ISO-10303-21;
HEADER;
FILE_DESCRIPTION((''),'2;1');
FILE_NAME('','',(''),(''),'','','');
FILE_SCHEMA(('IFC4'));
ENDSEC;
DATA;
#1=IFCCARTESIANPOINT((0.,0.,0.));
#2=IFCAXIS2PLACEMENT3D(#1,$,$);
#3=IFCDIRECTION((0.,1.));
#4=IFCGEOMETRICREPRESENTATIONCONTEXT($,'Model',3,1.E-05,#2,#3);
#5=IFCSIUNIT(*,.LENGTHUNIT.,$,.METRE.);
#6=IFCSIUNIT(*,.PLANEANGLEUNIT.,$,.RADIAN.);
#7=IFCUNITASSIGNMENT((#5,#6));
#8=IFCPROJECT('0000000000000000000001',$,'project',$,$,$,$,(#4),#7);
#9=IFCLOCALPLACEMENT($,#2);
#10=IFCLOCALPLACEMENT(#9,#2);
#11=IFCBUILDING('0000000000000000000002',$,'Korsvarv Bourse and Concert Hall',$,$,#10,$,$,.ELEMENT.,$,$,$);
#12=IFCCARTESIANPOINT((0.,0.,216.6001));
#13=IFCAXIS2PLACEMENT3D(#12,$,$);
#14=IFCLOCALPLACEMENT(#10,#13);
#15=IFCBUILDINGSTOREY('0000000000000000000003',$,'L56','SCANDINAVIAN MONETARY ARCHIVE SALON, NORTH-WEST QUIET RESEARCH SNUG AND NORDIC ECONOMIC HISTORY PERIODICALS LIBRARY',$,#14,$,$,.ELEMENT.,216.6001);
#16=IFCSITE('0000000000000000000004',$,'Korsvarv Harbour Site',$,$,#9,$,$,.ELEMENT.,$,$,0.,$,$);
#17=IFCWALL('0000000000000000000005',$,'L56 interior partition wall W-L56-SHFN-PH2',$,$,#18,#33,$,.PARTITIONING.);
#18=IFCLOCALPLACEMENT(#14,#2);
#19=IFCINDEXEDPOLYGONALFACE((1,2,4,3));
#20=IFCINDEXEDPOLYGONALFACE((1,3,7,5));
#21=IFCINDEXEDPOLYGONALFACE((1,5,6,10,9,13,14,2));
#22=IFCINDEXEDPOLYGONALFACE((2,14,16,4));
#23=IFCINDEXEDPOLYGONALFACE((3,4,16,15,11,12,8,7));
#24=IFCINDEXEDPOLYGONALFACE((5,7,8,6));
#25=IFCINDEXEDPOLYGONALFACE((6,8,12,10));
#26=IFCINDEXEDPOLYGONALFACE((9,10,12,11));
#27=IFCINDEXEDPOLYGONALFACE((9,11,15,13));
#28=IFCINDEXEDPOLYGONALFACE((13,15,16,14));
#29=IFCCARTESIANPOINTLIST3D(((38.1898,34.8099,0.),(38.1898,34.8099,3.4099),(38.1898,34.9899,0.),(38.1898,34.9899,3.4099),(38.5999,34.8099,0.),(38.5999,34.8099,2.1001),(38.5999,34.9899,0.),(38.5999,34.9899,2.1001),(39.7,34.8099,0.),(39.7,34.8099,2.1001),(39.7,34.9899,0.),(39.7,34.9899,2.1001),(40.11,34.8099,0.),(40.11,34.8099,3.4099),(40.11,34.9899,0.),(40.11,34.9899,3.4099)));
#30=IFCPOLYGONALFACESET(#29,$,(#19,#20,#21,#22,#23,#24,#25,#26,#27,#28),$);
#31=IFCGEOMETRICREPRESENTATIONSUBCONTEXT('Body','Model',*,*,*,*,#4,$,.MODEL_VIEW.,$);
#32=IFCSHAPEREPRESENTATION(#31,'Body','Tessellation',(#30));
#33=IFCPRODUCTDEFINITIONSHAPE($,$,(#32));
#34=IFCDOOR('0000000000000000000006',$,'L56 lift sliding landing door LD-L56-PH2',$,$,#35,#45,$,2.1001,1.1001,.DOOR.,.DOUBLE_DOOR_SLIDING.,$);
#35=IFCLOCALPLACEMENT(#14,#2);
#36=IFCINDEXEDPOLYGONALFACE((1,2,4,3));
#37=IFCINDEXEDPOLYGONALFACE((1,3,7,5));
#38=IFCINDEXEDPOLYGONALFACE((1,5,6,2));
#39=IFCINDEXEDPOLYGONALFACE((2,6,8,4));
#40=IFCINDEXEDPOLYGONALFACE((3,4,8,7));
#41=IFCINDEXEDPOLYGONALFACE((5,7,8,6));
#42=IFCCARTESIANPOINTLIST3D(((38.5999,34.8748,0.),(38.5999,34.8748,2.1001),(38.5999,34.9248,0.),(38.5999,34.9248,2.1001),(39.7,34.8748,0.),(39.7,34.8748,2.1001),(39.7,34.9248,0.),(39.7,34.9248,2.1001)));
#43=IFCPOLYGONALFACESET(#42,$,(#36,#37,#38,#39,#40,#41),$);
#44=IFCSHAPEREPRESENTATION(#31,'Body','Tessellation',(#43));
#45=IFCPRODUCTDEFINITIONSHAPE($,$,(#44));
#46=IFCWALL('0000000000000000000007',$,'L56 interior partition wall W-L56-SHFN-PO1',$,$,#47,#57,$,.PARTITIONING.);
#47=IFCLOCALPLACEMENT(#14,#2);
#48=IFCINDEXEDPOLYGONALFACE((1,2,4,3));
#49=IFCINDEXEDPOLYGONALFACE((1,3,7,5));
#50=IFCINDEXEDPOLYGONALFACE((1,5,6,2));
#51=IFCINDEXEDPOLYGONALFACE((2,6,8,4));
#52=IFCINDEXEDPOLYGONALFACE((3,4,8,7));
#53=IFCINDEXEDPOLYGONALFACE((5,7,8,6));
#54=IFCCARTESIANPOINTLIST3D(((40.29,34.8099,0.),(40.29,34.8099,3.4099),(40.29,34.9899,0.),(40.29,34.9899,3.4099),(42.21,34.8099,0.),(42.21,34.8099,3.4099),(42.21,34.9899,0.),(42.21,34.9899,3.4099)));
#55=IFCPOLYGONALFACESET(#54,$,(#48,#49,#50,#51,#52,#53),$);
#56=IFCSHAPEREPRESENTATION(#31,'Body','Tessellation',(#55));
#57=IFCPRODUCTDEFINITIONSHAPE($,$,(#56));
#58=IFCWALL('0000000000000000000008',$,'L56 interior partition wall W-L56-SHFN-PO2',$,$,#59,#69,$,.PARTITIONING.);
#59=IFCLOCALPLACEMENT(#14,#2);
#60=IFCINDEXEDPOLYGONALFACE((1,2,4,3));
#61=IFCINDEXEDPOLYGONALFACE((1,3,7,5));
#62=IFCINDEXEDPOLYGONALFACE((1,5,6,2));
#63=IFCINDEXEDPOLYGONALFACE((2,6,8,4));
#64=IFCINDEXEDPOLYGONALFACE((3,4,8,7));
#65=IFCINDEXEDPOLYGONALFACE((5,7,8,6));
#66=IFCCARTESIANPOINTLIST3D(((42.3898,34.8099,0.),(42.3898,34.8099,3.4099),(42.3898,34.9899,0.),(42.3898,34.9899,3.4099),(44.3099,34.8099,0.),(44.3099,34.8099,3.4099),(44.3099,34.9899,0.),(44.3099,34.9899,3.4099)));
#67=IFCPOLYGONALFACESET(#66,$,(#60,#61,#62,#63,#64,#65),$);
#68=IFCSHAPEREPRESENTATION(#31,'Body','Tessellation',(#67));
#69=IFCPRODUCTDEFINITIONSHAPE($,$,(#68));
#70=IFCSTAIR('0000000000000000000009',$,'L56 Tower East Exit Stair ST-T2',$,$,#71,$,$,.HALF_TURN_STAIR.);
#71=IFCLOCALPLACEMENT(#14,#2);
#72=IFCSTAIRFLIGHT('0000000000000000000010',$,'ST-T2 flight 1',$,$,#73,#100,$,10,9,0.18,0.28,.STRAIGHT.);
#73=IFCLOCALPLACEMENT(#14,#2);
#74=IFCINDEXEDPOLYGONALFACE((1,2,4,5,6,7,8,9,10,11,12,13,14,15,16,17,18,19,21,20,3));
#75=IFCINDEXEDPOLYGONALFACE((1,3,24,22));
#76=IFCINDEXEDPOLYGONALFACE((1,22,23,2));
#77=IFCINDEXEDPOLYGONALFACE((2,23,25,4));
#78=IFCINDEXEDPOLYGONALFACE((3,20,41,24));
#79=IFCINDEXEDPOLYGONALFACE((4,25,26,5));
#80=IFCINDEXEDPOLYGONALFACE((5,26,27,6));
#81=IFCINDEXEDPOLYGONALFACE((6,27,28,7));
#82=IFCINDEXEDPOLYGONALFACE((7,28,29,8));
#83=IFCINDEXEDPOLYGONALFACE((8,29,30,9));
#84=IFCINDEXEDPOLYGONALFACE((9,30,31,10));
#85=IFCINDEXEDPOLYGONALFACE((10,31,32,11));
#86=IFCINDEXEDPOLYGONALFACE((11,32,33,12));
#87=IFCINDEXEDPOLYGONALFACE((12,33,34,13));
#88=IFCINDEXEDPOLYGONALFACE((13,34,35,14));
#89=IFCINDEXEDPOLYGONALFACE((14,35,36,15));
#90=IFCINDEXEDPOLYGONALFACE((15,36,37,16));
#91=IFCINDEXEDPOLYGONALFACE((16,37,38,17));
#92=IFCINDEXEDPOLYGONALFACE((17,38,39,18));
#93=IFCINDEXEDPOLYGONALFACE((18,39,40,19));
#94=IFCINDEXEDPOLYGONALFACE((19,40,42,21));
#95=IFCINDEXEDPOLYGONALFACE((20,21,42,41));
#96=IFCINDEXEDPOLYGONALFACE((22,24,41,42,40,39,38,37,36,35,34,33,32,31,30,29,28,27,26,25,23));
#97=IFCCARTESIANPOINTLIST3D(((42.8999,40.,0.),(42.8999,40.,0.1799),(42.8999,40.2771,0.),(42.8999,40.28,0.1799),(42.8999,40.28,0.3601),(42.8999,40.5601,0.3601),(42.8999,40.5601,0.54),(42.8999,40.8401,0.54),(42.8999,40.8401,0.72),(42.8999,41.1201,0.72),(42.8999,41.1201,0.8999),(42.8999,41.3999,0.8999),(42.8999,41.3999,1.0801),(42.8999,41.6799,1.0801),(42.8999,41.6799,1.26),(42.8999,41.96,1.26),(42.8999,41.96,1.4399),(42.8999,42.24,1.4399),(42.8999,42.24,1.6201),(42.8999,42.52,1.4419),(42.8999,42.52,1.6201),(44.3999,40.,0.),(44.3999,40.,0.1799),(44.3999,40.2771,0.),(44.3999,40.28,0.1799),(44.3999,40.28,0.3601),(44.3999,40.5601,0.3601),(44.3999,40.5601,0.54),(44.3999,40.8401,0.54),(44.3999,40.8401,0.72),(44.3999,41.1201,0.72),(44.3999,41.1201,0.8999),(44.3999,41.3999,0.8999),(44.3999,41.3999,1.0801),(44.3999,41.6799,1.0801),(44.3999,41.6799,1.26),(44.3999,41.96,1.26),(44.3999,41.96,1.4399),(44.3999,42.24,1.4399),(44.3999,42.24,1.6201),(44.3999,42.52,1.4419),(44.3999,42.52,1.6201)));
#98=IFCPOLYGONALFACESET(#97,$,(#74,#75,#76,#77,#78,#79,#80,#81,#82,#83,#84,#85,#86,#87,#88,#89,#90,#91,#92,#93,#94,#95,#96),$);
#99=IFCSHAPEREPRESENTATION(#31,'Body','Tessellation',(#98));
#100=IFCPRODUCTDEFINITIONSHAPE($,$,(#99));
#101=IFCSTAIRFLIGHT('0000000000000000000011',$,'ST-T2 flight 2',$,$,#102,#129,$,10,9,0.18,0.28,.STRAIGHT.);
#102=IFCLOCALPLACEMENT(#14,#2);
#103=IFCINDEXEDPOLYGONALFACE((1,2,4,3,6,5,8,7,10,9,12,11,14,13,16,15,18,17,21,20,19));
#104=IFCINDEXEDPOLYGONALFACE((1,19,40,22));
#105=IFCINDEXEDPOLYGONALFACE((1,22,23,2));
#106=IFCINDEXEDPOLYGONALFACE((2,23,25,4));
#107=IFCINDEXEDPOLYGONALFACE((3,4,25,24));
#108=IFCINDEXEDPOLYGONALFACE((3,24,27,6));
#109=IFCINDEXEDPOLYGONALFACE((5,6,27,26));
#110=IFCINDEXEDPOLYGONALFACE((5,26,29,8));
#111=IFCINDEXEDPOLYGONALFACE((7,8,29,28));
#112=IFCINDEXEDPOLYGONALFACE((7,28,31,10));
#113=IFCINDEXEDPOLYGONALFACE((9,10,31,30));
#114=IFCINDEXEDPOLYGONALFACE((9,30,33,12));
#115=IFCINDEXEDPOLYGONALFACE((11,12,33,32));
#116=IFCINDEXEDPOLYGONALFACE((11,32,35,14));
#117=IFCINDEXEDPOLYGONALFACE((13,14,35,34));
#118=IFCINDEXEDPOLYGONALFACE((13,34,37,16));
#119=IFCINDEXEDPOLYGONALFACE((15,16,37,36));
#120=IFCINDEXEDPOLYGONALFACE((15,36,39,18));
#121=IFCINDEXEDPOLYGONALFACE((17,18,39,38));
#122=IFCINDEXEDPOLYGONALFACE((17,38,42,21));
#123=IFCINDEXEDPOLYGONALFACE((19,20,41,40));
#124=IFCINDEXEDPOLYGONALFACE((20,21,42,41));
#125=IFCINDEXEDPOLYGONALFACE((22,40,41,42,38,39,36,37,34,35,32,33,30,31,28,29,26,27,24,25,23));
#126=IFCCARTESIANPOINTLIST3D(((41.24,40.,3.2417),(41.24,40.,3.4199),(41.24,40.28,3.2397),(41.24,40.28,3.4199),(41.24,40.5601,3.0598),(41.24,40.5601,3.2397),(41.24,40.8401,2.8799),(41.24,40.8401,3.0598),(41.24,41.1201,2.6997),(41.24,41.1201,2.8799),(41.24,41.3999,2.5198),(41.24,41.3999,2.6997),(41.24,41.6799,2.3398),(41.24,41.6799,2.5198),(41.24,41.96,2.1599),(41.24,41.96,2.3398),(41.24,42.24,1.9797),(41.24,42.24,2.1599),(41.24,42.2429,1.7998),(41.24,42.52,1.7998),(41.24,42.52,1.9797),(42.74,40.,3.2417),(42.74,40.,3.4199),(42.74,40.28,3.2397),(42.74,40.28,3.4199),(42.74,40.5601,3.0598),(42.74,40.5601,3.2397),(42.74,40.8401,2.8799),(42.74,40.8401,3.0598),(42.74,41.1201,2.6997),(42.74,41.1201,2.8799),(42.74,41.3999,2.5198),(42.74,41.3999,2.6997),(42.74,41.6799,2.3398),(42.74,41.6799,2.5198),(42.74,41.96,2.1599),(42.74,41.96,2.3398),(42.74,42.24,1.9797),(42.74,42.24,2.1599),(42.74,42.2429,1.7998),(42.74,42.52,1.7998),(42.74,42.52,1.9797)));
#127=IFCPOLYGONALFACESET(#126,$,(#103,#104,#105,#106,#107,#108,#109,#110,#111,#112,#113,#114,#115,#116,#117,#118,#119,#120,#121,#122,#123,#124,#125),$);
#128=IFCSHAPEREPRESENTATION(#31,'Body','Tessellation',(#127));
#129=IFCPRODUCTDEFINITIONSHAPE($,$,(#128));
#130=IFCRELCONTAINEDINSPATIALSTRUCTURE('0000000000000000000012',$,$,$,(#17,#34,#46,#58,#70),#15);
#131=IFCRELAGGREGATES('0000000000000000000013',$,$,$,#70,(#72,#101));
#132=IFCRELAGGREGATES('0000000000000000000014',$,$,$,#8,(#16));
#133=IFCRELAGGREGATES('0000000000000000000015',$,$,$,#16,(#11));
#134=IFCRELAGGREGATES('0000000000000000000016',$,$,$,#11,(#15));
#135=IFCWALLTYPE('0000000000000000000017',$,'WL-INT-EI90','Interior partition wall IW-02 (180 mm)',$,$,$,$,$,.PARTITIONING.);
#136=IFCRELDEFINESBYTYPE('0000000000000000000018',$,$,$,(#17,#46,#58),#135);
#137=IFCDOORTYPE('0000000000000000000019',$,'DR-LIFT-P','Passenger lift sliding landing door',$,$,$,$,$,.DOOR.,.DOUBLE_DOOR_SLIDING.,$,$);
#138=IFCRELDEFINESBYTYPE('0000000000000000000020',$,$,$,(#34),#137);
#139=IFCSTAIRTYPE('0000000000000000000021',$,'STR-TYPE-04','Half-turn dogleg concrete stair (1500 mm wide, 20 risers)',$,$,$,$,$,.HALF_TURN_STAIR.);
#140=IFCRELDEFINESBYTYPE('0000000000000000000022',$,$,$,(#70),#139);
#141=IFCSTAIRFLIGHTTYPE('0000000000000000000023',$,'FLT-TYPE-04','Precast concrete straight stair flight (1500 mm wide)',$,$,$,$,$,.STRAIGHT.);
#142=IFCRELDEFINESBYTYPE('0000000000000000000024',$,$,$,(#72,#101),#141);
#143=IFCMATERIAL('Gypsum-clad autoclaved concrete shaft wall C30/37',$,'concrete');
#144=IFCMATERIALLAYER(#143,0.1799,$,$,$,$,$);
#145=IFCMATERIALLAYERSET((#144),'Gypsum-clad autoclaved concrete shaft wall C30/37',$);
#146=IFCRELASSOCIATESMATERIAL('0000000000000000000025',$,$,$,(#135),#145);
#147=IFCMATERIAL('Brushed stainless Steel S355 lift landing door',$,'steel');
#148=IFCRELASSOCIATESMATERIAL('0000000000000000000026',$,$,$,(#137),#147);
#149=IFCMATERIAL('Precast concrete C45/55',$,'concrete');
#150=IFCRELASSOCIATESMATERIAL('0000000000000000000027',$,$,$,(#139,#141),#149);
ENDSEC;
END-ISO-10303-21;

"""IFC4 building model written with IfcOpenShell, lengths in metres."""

from ifc_helpers import new_model, si_unit, direction, frame, frame_2d, origin, place, context, subcontext, project, spatial, polyline, rectangle, outline, extrude, material, layer, layer_set, type_object, element, fill, aggregate, save


model = new_model("IFC4")

# Units and contexts
model_context = context("Model", 3, precision=1e-05, world=origin(), true_north=direction((0.0, 1.0)))
body_context = subcontext(model_context, "Body", "Model", "MODEL_VIEW")
ifc_project = project(units=[si_unit("LENGTHUNIT", "METRE"), si_unit("PLANEANGLEUNIT", "RADIAN")], contexts=[model_context])

# Site, building, storey
site_placement = place(None, origin())
site = spatial("IfcSite", under=ifc_project, at=site_placement, Name="Korsvarv Harbour Site", CompositionType="ELEMENT", RefElevation=0.0)
building_placement = place(site_placement, origin())
building = spatial("IfcBuilding", under=site, at=building_placement, Name="Korsvarv Bourse and Concert Hall", CompositionType="ELEMENT")
storey_placement = place(building_placement, frame((0.0, 0.0, 216.6001)))
storey = spatial("IfcBuildingStorey", under=building, at=storey_placement, Name="L56", Description="SCANDINAVIAN MONETARY ARCHIVE SALON, NORTH-WEST QUIET RESEARCH SNUG AND NORDIC ECONOMIC HISTORY PERIODICALS LIBRARY", CompositionType="ELEMENT", Elevation=216.6001)

# Wall, opening, door
ifc_material_1 = material(Name="Gypsum-clad autoclaved concrete shaft wall C30/37", Category="concrete")
ifc_layer_1 = layer(ifc_material_1, 0.1799)
ifc_layer_set_1 = layer_set([ifc_layer_1], Name="Gypsum-clad autoclaved concrete shaft wall C30/37")
wall_type_1 = type_object("IfcWallType", Name="WL-INT-EI90", Description="Interior partition wall IW-02 (180 mm)", PredefinedType="PARTITIONING", material=ifc_layer_set_1)
wall_1_placement = place(storey_placement, frame((38.1899, 34.8999, 0.0), z_axis=(0.0, 0.0, 1.0), x_axis=(1.0, 0.0, 0.0)))
wall_1 = element("IfcWall", 1, at=wall_1_placement, inside=storey, type_object=wall_type_1, Name="L56 interior partition wall W-L56-SHFN-PH2", PredefinedType="PARTITIONING", context=body_context, shape_type="SweptSolid", body=[
    extrude(rectangle(XDim=1.9202, YDim=0.1799, at=frame_2d((0.96, 0.0))), origin(), (0.0, 0.0, 1.0), 3.4099),
])
opening_1_placement = place(wall_1_placement, frame((0.4099, 0.0, 0.0)))
opening_1 = element("IfcOpeningElement", 2, at=opening_1_placement, cuts=wall_1, PredefinedType="OPENING", context=body_context, shape_type="SweptSolid", body=[
    extrude(rectangle(XDim=1.1001, YDim=2.1001, at=frame_2d((0.55, 1.05))), frame((0.0, 0.1001, 0.0), z_axis=(0.0, -1.0, 0.0), x_axis=(1.0, 0.0, 0.0)), (0.0, 0.0, 1.0), 0.2),
])
ifc_material_2 = material(Name="Brushed stainless Steel S355 lift landing door", Category="steel")
door_type_1 = type_object("IfcDoorType", Name="DR-LIFT-P", Description="Passenger lift sliding landing door", OperationType="DOUBLE_DOOR_SLIDING", PredefinedType="DOOR", material=ifc_material_2)
door_1_placement = place(opening_1_placement, origin())
door_1 = element("IfcDoor", 3, at=door_1_placement, inside=storey, type_object=door_type_1, Name="L56 lift sliding landing door LD-L56-PH2", OperationType="DOUBLE_DOOR_SLIDING", OverallHeight=2.1001, OverallWidth=1.1001, PredefinedType="DOOR", context=body_context, shape_type="SweptSolid", body=[
    extrude(rectangle(XDim=1.1001, YDim=2.1001, at=frame_2d((0.55, 1.05))), frame((0.0, 0.0249, 0.0), z_axis=(0.0, -1.0, 0.0), x_axis=(1.0, 0.0, 0.0)), (0.0, 0.0, 1.0), 0.05),
])
fill(opening_1, door_1)

# Walls
wall_2_placement = place(storey_placement, frame((40.29, 34.8999, 0.0), z_axis=(0.0, 0.0, 1.0), x_axis=(1.0, 0.0, 0.0)))
element("IfcWall", 4, at=wall_2_placement, inside=storey, type_object=wall_type_1, Name="L56 interior partition wall W-L56-SHFN-PO1", PredefinedType="PARTITIONING", context=body_context, shape_type="SweptSolid", body=[
    extrude(rectangle(XDim=1.9199, YDim=0.1799, at=frame_2d((0.96, 0.0))), origin(), (0.0, 0.0, 1.0), 3.4099),
])
wall_3_placement = place(storey_placement, frame((42.3899, 34.8999, 0.0), z_axis=(0.0, 0.0, 1.0), x_axis=(1.0, 0.0, 0.0)))
element("IfcWall", 5, at=wall_3_placement, inside=storey, type_object=wall_type_1, Name="L56 interior partition wall W-L56-SHFN-PO2", PredefinedType="PARTITIONING", context=body_context, shape_type="SweptSolid", body=[
    extrude(rectangle(XDim=1.9202, YDim=0.1799, at=frame_2d((0.96, 0.0))), origin(), (0.0, 0.0, 1.0), 3.4099),
])

# Stair, stair flights
ifc_material_3 = material(Name="Precast concrete C45/55", Category="concrete")
stair_type = type_object("IfcStairType", Name="STR-TYPE-04", Description="Half-turn dogleg concrete stair (1500 mm wide, 20 risers)", PredefinedType="HALF_TURN_STAIR", material=ifc_material_3)
stair_placement = place(storey_placement, origin())
stair = element("IfcStair", 6, at=stair_placement, inside=storey, type_object=stair_type, Name="L56 Tower East Exit Stair ST-T2", PredefinedType="HALF_TURN_STAIR")
stair_flight_type = type_object("IfcStairFlightType", Name="FLT-TYPE-04", Description="Precast concrete straight stair flight (1500 mm wide)", PredefinedType="STRAIGHT", material=ifc_material_3)
stair_flight_1_placement = place(storey_placement, frame((43.6499, 40.0, 0.0), z_axis=(0.0, 0.0, 1.0), x_axis=(0.0, 1.0, 0.0)))
stair_flight_1 = element("IfcStairFlight", 7, at=stair_flight_1_placement, type_object=stair_flight_type, Name="ST-T2 flight 1", NumberOfRisers=10, NumberOfTreads=9, PredefinedType="STRAIGHT", RiserHeight=0.18, TreadLength=0.28, context=body_context, shape_type="SweptSolid", body=[
    extrude(outline(polyline([(0.0, 0.0), (0.0, 0.1799), (0.28, 0.1799), (0.28, 0.3601), (0.5601, 0.3601), (0.5601, 0.54), (0.8401, 0.54), (0.8401, 0.72), (1.1201, 0.72), (1.1201, 0.8999), (1.3999, 0.8999), (1.3999, 1.0801), (1.6799, 1.0801), (1.6799, 1.26), (1.96, 1.26), (1.96, 1.4399), (2.24, 1.4399), (2.24, 1.6201), (2.52, 1.6201), (2.52, 1.8), (2.52, 1.4419), (0.2771, 0.0), (0.0, 0.0)])), frame((0.0, 0.75, 0.0), z_axis=(0.0, -1.0, 0.0), x_axis=(1.0, 0.0, 0.0)), (0.0, 0.0, 1.0), 1.5),
])
stair_flight_2_placement = place(storey_placement, frame((41.99, 42.52, 1.7998), z_axis=(0.0, 0.0, 1.0), x_axis=(0.0, -1.0, 0.0)))
stair_flight_2 = element("IfcStairFlight", 8, at=stair_flight_2_placement, type_object=stair_flight_type, Name="ST-T2 flight 2", NumberOfRisers=10, NumberOfTreads=9, PredefinedType="STRAIGHT", RiserHeight=0.18, TreadLength=0.28, context=body_context, shape_type="SweptSolid", body=[
    extrude(outline(polyline([(0.0, 0.0), (0.0, 0.1799), (0.28, 0.1799), (0.28, 0.3601), (0.5601, 0.3601), (0.5601, 0.54), (0.8401, 0.54), (0.8401, 0.72), (1.1201, 0.72), (1.1201, 0.8999), (1.3999, 0.8999), (1.3999, 1.0801), (1.6799, 1.0801), (1.6799, 1.26), (1.96, 1.26), (1.96, 1.4399), (2.24, 1.4399), (2.24, 1.6201), (2.52, 1.6201), (2.52, 1.8), (2.52, 1.4419), (0.2771, 0.0), (0.0, 0.0)])), frame((0.0, 0.75, 0.0), z_axis=(0.0, -1.0, 0.0), x_axis=(1.0, 0.0, 0.0)), (0.0, 0.0, 1.0), 1.5),
])
aggregate(stair, [stair_flight_1, stair_flight_2])

save(model, "model.ifc")
